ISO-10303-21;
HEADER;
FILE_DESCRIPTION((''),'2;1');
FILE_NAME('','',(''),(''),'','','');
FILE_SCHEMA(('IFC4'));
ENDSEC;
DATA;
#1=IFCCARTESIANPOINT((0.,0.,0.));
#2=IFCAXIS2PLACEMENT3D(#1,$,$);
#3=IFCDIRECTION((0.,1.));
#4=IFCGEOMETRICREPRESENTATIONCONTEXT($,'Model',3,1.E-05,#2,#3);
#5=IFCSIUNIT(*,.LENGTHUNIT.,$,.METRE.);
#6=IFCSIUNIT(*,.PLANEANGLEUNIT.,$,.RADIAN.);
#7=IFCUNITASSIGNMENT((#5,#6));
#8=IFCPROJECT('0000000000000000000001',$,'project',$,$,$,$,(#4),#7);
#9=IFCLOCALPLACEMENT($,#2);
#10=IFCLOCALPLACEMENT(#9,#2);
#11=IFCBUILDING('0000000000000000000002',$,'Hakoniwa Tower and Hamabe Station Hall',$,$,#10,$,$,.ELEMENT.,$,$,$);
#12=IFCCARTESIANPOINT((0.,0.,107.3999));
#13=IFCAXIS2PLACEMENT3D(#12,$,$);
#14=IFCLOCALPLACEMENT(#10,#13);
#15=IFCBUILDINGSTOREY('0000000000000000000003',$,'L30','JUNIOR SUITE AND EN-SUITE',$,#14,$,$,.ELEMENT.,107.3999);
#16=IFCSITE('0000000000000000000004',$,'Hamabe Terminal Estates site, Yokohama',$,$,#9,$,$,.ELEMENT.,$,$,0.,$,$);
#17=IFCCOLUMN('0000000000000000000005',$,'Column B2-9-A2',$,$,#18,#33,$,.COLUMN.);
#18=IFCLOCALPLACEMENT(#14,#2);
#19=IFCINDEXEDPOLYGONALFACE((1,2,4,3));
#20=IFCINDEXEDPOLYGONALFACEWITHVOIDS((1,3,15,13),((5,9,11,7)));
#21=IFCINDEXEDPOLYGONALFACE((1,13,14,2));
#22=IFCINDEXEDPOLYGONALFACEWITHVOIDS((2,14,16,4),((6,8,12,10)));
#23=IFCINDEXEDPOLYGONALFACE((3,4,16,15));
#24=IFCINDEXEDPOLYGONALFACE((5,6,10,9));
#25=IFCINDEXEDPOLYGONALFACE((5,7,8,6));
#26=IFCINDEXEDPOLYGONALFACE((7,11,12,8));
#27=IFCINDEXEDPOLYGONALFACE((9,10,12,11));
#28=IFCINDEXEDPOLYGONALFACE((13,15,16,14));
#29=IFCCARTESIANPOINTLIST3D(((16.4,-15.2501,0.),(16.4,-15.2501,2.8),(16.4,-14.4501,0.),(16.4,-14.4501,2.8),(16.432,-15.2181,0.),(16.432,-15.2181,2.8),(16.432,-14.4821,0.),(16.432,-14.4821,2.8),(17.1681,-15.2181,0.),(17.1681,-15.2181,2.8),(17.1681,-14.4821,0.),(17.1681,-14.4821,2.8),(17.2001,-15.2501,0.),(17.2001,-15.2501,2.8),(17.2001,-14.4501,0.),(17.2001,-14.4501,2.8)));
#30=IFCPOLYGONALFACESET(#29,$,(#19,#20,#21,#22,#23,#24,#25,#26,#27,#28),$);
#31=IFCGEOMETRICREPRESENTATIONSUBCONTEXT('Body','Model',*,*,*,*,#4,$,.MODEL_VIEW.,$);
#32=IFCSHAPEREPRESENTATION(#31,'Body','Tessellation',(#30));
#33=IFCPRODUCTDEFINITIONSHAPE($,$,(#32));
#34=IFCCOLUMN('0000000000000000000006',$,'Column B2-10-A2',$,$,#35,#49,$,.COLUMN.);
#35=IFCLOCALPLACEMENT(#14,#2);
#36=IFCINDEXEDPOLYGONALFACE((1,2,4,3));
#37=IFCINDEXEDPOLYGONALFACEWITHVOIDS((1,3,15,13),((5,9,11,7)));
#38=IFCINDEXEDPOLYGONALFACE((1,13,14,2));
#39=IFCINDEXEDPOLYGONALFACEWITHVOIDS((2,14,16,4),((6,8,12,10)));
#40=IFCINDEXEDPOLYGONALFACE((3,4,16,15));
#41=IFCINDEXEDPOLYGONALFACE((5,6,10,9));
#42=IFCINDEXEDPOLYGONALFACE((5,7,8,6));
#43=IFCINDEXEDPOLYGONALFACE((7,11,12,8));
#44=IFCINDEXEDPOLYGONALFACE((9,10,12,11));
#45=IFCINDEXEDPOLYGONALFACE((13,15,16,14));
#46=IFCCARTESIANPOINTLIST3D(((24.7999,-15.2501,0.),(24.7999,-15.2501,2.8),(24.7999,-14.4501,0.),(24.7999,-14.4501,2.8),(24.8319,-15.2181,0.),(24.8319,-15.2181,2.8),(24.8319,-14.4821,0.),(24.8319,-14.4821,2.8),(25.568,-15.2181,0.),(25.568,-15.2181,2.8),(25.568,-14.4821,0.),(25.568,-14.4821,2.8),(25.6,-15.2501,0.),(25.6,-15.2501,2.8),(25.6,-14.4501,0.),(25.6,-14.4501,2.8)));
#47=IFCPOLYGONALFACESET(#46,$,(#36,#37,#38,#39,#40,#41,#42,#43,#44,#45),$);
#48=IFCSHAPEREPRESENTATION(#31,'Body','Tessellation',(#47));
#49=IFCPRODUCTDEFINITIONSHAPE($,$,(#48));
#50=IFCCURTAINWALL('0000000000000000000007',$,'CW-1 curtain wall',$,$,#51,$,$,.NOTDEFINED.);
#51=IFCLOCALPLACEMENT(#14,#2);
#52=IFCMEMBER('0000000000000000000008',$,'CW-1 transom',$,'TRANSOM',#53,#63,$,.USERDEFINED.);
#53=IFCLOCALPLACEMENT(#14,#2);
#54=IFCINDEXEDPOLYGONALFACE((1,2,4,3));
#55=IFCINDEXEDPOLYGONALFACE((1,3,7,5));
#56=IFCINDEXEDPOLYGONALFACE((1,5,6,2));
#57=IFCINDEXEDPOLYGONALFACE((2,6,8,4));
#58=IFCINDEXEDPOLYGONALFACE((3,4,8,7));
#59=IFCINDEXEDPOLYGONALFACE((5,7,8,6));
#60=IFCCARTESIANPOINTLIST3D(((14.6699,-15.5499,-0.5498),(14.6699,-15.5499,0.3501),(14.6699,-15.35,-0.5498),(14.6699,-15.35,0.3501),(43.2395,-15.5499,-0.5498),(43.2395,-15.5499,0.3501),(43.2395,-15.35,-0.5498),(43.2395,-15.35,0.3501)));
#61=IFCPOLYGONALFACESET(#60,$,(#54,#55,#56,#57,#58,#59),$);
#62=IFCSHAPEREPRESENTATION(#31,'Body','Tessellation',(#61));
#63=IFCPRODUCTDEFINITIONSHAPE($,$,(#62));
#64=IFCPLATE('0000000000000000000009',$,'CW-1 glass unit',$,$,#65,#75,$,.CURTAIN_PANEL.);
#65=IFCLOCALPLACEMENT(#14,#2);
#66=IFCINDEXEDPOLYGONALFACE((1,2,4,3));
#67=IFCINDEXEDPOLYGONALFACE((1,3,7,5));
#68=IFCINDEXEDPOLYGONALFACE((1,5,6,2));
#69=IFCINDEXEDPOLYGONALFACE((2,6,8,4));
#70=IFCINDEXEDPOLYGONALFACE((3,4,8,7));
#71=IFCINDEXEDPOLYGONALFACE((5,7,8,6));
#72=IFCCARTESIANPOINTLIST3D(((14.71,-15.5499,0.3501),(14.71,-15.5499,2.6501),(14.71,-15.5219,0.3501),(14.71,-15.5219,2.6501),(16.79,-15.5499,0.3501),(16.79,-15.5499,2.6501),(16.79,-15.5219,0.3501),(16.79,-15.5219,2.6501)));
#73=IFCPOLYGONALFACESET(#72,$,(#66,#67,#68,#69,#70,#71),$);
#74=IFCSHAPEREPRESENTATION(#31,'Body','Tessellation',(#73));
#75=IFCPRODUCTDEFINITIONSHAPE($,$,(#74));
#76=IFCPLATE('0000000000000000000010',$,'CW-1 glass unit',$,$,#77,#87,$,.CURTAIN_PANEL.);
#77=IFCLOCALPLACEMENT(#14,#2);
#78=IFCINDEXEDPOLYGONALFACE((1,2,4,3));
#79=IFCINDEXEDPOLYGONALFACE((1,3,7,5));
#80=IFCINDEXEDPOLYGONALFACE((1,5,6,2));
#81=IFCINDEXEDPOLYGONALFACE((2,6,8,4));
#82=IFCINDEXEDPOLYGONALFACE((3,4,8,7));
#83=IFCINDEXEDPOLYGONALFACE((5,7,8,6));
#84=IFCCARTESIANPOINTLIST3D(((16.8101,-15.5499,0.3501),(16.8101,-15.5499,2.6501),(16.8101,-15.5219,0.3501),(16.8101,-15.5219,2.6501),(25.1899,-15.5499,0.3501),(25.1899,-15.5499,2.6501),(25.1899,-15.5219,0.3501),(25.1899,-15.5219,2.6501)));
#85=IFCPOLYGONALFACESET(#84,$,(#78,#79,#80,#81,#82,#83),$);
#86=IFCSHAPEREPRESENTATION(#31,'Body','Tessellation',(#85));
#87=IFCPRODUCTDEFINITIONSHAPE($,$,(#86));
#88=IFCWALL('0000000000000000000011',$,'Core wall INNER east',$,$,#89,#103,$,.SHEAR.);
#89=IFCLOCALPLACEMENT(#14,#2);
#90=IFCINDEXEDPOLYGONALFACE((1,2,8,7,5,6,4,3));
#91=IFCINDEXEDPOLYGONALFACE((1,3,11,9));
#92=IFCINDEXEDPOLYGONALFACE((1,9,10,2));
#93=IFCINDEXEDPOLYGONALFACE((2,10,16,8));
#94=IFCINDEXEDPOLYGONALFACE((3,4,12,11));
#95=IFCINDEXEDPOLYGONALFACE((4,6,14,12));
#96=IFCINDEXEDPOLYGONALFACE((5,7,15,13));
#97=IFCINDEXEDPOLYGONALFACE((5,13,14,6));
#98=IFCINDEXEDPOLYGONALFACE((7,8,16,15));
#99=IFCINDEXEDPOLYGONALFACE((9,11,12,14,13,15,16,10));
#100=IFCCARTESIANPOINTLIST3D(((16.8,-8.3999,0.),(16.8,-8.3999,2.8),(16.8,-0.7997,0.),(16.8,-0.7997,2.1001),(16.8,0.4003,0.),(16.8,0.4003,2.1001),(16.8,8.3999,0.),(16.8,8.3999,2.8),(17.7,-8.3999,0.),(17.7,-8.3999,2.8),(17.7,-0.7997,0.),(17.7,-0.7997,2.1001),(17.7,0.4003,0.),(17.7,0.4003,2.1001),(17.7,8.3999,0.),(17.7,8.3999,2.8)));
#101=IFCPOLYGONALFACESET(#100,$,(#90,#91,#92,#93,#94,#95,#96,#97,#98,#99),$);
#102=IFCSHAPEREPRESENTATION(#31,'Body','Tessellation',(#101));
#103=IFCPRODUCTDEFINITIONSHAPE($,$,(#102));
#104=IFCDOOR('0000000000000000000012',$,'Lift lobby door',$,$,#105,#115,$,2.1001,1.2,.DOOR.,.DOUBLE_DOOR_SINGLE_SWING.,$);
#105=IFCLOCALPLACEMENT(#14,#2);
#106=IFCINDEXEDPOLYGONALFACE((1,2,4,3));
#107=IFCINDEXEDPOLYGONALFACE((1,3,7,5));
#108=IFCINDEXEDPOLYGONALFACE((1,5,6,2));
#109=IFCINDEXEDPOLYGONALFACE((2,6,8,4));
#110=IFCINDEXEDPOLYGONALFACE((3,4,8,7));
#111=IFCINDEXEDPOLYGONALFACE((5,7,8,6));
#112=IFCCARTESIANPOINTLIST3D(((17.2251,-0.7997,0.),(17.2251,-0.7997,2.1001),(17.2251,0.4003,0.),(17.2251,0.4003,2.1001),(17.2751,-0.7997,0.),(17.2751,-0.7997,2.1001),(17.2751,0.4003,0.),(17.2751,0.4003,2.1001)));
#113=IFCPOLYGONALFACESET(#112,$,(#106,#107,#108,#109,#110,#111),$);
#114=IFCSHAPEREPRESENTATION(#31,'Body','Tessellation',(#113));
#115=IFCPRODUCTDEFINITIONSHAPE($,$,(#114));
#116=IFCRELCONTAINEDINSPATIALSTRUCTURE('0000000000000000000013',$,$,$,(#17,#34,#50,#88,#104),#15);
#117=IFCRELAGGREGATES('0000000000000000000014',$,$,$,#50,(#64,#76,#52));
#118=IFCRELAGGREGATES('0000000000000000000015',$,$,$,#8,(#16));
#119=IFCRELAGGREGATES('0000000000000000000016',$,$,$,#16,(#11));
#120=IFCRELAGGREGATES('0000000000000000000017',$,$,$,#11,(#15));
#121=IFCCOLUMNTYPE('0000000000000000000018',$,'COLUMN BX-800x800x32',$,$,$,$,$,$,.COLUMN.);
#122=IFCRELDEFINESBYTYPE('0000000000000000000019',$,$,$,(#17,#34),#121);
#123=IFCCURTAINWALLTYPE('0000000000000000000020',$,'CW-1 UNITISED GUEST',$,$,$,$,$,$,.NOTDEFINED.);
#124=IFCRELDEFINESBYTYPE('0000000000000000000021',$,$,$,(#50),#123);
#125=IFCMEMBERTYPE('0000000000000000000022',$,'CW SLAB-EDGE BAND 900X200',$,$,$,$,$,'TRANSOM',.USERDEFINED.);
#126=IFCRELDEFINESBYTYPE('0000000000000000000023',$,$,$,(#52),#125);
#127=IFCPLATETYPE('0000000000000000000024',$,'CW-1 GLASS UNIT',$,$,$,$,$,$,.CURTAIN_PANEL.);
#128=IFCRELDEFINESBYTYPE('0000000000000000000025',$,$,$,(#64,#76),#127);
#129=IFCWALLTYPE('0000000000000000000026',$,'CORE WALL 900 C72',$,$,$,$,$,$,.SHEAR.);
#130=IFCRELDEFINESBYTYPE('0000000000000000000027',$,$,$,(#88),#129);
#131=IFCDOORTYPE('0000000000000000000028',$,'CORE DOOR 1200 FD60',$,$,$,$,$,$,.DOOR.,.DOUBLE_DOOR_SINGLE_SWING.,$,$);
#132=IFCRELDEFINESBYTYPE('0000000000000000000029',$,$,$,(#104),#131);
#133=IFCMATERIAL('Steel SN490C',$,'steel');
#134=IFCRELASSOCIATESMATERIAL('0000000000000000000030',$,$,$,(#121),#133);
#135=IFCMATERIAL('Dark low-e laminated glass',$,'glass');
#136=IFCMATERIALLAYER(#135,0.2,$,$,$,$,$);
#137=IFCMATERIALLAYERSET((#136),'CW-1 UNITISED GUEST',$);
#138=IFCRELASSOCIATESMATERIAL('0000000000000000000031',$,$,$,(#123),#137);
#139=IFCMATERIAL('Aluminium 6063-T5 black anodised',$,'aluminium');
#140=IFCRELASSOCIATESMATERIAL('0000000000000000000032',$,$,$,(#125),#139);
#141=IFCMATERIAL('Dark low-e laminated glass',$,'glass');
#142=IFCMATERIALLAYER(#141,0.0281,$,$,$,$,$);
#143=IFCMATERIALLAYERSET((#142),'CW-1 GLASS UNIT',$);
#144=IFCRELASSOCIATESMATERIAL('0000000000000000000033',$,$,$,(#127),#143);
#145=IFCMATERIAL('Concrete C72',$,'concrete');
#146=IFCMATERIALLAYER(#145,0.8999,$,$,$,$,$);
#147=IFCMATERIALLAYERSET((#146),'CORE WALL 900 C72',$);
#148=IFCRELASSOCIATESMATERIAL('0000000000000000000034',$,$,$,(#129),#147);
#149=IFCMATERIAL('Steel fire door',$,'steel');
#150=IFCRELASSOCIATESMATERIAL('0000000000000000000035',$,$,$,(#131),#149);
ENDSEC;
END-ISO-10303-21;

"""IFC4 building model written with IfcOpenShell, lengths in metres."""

from ifc_helpers import new_model, si_unit, direction, frame, frame_2d, origin, origin_2d, place, context, subcontext, project, spatial, rectangle, hollow_rectangle, extrude, material, layer, layer_set, material_profile, profile_set, type_object, element, fill, aggregate, save


model = new_model("IFC4")

# Units and contexts
model_context = context("Model", 3, precision=1e-05, world=origin(), true_north=direction((0.0, 1.0)))
body_context = subcontext(model_context, "Body", "Model", "MODEL_VIEW")
ifc_project = project(units=[si_unit("LENGTHUNIT", "METRE"), si_unit("PLANEANGLEUNIT", "RADIAN")], contexts=[model_context])

# Site, building, storey
site_placement = place(None, origin())
site = spatial("IfcSite", under=ifc_project, at=site_placement, Name="Hamabe Terminal Estates site, Yokohama", CompositionType="ELEMENT", RefElevation=0.0)
building_placement = place(site_placement, origin())
building = spatial("IfcBuilding", under=site, at=building_placement, Name="Hakoniwa Tower and Hamabe Station Hall", CompositionType="ELEMENT")
storey_placement = place(building_placement, frame((0.0, 0.0, 107.3999)))
storey = spatial("IfcBuildingStorey", under=building, at=storey_placement, Name="L30", Description="JUNIOR SUITE AND EN-SUITE", CompositionType="ELEMENT", Elevation=107.3999)

# Columns
ifc_material_1 = material(Name="Steel SN490C", Category="steel")
ifc_material_profile_1 = material_profile(ifc_material_1, hollow_rectangle(XDim=0.8, YDim=0.8, WallThickness=0.032, at=origin_2d()), Name="BX-800x800x32")
ifc_profile_set_1 = profile_set([ifc_material_profile_1], Name="Steel SN490C")
column_type = type_object("IfcColumnType", Name="COLUMN BX-800x800x32", PredefinedType="COLUMN", material=ifc_profile_set_1)
for number, where, z_axis, x_axis, name in (
    (1, (16.8, -14.8501, 0.0), (0.0, 0.0, 1.0), (1.0, 0.0, 0.0), "Column B2-9-A2"),
    (2, (25.2, -14.8501, 0.0), (0.0, 0.0, 1.0), (1.0, 0.0, 0.0), "Column B2-10-A2"),
):
    element("IfcColumn", number, at=place(storey_placement, frame(where, z_axis=z_axis, x_axis=x_axis)), inside=storey, type_object=column_type, Name=name, PredefinedType="COLUMN", context=body_context, shape_type="SweptSolid", body=[
        extrude(hollow_rectangle(XDim=0.8, YDim=0.8, WallThickness=0.032, at=origin_2d()), origin(), (0.0, 0.0, 1.0), 2.8),
    ])

# Curtain wall, member, plates
ifc_material_2 = material(Name="Dark low-e laminated glass", Category="glass")
ifc_layer_1 = layer(ifc_material_2, 0.2)
ifc_layer_set_1 = layer_set([ifc_layer_1], Name="CW-1 UNITISED GUEST")
curtain_wall_type = type_object("IfcCurtainWallType", Name="CW-1 UNITISED GUEST", PredefinedType="NOTDEFINED", material=ifc_layer_set_1)
curtain_wall_placement = place(storey_placement, origin())
curtain_wall = element("IfcCurtainWall", 3, at=curtain_wall_placement, inside=storey, type_object=curtain_wall_type, Name="CW-1 curtain wall", PredefinedType="NOTDEFINED")
ifc_material_3 = material(Name="Aluminium 6063-T5 black anodised", Category="aluminium")
ifc_material_profile_2 = material_profile(ifc_material_3, rectangle(XDim=0.2, YDim=0.8999, at=origin_2d()), Name="CW SLAB-EDGE BAND 900X200")
ifc_profile_set_2 = profile_set([ifc_material_profile_2], Name="Aluminium 6063-T5 black anodised")
member_type = type_object("IfcMemberType", Name="CW SLAB-EDGE BAND 900X200", ElementType="TRANSOM", PredefinedType="USERDEFINED", material=ifc_profile_set_2)
member_placement = place(storey_placement, frame((14.6699, -15.45, -0.0999), z_axis=(1.0, 0.0, 0.0), x_axis=(0.0, 1.0, 0.0)))
member = element("IfcMember", 4, at=member_placement, type_object=member_type, Name="CW-1 transom", ObjectType="TRANSOM", PredefinedType="USERDEFINED", context=body_context, shape_type="SweptSolid", body=[
    extrude(rectangle(XDim=0.2, YDim=0.8999, at=origin_2d()), origin(), (0.0, 0.0, 1.0), 28.5696),
])
ifc_material_4 = material(Name="Dark low-e laminated glass", Category="glass")
ifc_layer_2 = layer(ifc_material_4, 0.0281)
ifc_layer_set_2 = layer_set([ifc_layer_2], Name="CW-1 GLASS UNIT")
plate_type = type_object("IfcPlateType", Name="CW-1 GLASS UNIT", PredefinedType="CURTAIN_PANEL", material=ifc_layer_set_2)
plate_1_placement = place(storey_placement, frame((15.75, -15.5359, 0.3501), z_axis=(0.0, 0.0, 1.0), x_axis=(1.0, 0.0, 0.0)))
plate_1 = element("IfcPlate", 5, at=plate_1_placement, type_object=plate_type, Name="CW-1 glass unit", PredefinedType="CURTAIN_PANEL", context=body_context, shape_type="SweptSolid", body=[
    extrude(rectangle(XDim=2.0801, YDim=0.0281, at=origin_2d()), origin(), (0.0, 0.0, 1.0), 2.3),
])
plate_2_placement = place(storey_placement, frame((21.0, -15.5359, 0.3501), z_axis=(0.0, 0.0, 1.0), x_axis=(1.0, 0.0, 0.0)))
plate_2 = element("IfcPlate", 6, at=plate_2_placement, type_object=plate_type, Name="CW-1 glass unit", PredefinedType="CURTAIN_PANEL", context=body_context, shape_type="SweptSolid", body=[
    extrude(rectangle(XDim=8.3799, YDim=0.0281, at=origin_2d()), origin(), (0.0, 0.0, 1.0), 2.3),
])
aggregate(curtain_wall, [plate_1, plate_2, member])

# Wall, opening, door
ifc_material_5 = material(Name="Concrete C72", Category="concrete")
ifc_layer_3 = layer(ifc_material_5, 0.8999)
ifc_layer_set_3 = layer_set([ifc_layer_3], Name="CORE WALL 900 C72")
wall_type_1 = type_object("IfcWallType", Name="CORE WALL 900 C72", PredefinedType="SHEAR", material=ifc_layer_set_3)
wall_1_placement = place(storey_placement, frame((17.25, -8.3999, 0.0), z_axis=(0.0, 0.0, 1.0), x_axis=(0.0, 1.0, 0.0)))
wall_1 = element("IfcWall", 7, at=wall_1_placement, inside=storey, type_object=wall_type_1, Name="Core wall INNER east", PredefinedType="SHEAR", context=body_context, shape_type="SweptSolid", body=[
    extrude(rectangle(XDim=16.7998, YDim=0.8999, at=frame_2d((8.3999, 0.0))), origin(), (0.0, 0.0, 1.0), 2.8),
])
opening_1_placement = place(wall_1_placement, frame((7.6001, 0.0, 0.0)))
opening_1 = element("IfcOpeningElement", 8, at=opening_1_placement, cuts=wall_1, PredefinedType="OPENING", context=body_context, shape_type="SweptSolid", body=[
    extrude(rectangle(XDim=1.2, YDim=2.1001, at=frame_2d((0.6001, 1.05))), frame((0.0, 0.46, 0.0), z_axis=(0.0, -1.0, 0.0), x_axis=(1.0, 0.0, 0.0)), (0.0, 0.0, 1.0), 0.9199),
])
ifc_material_6 = material(Name="Steel fire door", Category="steel")
door_type_1 = type_object("IfcDoorType", Name="CORE DOOR 1200 FD60", OperationType="DOUBLE_DOOR_SINGLE_SWING", PredefinedType="DOOR", material=ifc_material_6)
door_1_placement = place(opening_1_placement, origin())
door_1 = element("IfcDoor", 9, at=door_1_placement, inside=storey, type_object=door_type_1, Name="Lift lobby door", OperationType="DOUBLE_DOOR_SINGLE_SWING", OverallHeight=2.1001, OverallWidth=1.2, PredefinedType="DOOR", context=body_context, shape_type="SweptSolid", body=[
    extrude(rectangle(XDim=1.2, YDim=2.1001, at=frame_2d((0.6001, 1.05))), frame((0.0, 0.0249, 0.0), z_axis=(0.0, -1.0, 0.0), x_axis=(1.0, 0.0, 0.0)), (0.0, 0.0, 1.0), 0.05),
])
fill(opening_1, door_1)

save(model, "model.ifc")
